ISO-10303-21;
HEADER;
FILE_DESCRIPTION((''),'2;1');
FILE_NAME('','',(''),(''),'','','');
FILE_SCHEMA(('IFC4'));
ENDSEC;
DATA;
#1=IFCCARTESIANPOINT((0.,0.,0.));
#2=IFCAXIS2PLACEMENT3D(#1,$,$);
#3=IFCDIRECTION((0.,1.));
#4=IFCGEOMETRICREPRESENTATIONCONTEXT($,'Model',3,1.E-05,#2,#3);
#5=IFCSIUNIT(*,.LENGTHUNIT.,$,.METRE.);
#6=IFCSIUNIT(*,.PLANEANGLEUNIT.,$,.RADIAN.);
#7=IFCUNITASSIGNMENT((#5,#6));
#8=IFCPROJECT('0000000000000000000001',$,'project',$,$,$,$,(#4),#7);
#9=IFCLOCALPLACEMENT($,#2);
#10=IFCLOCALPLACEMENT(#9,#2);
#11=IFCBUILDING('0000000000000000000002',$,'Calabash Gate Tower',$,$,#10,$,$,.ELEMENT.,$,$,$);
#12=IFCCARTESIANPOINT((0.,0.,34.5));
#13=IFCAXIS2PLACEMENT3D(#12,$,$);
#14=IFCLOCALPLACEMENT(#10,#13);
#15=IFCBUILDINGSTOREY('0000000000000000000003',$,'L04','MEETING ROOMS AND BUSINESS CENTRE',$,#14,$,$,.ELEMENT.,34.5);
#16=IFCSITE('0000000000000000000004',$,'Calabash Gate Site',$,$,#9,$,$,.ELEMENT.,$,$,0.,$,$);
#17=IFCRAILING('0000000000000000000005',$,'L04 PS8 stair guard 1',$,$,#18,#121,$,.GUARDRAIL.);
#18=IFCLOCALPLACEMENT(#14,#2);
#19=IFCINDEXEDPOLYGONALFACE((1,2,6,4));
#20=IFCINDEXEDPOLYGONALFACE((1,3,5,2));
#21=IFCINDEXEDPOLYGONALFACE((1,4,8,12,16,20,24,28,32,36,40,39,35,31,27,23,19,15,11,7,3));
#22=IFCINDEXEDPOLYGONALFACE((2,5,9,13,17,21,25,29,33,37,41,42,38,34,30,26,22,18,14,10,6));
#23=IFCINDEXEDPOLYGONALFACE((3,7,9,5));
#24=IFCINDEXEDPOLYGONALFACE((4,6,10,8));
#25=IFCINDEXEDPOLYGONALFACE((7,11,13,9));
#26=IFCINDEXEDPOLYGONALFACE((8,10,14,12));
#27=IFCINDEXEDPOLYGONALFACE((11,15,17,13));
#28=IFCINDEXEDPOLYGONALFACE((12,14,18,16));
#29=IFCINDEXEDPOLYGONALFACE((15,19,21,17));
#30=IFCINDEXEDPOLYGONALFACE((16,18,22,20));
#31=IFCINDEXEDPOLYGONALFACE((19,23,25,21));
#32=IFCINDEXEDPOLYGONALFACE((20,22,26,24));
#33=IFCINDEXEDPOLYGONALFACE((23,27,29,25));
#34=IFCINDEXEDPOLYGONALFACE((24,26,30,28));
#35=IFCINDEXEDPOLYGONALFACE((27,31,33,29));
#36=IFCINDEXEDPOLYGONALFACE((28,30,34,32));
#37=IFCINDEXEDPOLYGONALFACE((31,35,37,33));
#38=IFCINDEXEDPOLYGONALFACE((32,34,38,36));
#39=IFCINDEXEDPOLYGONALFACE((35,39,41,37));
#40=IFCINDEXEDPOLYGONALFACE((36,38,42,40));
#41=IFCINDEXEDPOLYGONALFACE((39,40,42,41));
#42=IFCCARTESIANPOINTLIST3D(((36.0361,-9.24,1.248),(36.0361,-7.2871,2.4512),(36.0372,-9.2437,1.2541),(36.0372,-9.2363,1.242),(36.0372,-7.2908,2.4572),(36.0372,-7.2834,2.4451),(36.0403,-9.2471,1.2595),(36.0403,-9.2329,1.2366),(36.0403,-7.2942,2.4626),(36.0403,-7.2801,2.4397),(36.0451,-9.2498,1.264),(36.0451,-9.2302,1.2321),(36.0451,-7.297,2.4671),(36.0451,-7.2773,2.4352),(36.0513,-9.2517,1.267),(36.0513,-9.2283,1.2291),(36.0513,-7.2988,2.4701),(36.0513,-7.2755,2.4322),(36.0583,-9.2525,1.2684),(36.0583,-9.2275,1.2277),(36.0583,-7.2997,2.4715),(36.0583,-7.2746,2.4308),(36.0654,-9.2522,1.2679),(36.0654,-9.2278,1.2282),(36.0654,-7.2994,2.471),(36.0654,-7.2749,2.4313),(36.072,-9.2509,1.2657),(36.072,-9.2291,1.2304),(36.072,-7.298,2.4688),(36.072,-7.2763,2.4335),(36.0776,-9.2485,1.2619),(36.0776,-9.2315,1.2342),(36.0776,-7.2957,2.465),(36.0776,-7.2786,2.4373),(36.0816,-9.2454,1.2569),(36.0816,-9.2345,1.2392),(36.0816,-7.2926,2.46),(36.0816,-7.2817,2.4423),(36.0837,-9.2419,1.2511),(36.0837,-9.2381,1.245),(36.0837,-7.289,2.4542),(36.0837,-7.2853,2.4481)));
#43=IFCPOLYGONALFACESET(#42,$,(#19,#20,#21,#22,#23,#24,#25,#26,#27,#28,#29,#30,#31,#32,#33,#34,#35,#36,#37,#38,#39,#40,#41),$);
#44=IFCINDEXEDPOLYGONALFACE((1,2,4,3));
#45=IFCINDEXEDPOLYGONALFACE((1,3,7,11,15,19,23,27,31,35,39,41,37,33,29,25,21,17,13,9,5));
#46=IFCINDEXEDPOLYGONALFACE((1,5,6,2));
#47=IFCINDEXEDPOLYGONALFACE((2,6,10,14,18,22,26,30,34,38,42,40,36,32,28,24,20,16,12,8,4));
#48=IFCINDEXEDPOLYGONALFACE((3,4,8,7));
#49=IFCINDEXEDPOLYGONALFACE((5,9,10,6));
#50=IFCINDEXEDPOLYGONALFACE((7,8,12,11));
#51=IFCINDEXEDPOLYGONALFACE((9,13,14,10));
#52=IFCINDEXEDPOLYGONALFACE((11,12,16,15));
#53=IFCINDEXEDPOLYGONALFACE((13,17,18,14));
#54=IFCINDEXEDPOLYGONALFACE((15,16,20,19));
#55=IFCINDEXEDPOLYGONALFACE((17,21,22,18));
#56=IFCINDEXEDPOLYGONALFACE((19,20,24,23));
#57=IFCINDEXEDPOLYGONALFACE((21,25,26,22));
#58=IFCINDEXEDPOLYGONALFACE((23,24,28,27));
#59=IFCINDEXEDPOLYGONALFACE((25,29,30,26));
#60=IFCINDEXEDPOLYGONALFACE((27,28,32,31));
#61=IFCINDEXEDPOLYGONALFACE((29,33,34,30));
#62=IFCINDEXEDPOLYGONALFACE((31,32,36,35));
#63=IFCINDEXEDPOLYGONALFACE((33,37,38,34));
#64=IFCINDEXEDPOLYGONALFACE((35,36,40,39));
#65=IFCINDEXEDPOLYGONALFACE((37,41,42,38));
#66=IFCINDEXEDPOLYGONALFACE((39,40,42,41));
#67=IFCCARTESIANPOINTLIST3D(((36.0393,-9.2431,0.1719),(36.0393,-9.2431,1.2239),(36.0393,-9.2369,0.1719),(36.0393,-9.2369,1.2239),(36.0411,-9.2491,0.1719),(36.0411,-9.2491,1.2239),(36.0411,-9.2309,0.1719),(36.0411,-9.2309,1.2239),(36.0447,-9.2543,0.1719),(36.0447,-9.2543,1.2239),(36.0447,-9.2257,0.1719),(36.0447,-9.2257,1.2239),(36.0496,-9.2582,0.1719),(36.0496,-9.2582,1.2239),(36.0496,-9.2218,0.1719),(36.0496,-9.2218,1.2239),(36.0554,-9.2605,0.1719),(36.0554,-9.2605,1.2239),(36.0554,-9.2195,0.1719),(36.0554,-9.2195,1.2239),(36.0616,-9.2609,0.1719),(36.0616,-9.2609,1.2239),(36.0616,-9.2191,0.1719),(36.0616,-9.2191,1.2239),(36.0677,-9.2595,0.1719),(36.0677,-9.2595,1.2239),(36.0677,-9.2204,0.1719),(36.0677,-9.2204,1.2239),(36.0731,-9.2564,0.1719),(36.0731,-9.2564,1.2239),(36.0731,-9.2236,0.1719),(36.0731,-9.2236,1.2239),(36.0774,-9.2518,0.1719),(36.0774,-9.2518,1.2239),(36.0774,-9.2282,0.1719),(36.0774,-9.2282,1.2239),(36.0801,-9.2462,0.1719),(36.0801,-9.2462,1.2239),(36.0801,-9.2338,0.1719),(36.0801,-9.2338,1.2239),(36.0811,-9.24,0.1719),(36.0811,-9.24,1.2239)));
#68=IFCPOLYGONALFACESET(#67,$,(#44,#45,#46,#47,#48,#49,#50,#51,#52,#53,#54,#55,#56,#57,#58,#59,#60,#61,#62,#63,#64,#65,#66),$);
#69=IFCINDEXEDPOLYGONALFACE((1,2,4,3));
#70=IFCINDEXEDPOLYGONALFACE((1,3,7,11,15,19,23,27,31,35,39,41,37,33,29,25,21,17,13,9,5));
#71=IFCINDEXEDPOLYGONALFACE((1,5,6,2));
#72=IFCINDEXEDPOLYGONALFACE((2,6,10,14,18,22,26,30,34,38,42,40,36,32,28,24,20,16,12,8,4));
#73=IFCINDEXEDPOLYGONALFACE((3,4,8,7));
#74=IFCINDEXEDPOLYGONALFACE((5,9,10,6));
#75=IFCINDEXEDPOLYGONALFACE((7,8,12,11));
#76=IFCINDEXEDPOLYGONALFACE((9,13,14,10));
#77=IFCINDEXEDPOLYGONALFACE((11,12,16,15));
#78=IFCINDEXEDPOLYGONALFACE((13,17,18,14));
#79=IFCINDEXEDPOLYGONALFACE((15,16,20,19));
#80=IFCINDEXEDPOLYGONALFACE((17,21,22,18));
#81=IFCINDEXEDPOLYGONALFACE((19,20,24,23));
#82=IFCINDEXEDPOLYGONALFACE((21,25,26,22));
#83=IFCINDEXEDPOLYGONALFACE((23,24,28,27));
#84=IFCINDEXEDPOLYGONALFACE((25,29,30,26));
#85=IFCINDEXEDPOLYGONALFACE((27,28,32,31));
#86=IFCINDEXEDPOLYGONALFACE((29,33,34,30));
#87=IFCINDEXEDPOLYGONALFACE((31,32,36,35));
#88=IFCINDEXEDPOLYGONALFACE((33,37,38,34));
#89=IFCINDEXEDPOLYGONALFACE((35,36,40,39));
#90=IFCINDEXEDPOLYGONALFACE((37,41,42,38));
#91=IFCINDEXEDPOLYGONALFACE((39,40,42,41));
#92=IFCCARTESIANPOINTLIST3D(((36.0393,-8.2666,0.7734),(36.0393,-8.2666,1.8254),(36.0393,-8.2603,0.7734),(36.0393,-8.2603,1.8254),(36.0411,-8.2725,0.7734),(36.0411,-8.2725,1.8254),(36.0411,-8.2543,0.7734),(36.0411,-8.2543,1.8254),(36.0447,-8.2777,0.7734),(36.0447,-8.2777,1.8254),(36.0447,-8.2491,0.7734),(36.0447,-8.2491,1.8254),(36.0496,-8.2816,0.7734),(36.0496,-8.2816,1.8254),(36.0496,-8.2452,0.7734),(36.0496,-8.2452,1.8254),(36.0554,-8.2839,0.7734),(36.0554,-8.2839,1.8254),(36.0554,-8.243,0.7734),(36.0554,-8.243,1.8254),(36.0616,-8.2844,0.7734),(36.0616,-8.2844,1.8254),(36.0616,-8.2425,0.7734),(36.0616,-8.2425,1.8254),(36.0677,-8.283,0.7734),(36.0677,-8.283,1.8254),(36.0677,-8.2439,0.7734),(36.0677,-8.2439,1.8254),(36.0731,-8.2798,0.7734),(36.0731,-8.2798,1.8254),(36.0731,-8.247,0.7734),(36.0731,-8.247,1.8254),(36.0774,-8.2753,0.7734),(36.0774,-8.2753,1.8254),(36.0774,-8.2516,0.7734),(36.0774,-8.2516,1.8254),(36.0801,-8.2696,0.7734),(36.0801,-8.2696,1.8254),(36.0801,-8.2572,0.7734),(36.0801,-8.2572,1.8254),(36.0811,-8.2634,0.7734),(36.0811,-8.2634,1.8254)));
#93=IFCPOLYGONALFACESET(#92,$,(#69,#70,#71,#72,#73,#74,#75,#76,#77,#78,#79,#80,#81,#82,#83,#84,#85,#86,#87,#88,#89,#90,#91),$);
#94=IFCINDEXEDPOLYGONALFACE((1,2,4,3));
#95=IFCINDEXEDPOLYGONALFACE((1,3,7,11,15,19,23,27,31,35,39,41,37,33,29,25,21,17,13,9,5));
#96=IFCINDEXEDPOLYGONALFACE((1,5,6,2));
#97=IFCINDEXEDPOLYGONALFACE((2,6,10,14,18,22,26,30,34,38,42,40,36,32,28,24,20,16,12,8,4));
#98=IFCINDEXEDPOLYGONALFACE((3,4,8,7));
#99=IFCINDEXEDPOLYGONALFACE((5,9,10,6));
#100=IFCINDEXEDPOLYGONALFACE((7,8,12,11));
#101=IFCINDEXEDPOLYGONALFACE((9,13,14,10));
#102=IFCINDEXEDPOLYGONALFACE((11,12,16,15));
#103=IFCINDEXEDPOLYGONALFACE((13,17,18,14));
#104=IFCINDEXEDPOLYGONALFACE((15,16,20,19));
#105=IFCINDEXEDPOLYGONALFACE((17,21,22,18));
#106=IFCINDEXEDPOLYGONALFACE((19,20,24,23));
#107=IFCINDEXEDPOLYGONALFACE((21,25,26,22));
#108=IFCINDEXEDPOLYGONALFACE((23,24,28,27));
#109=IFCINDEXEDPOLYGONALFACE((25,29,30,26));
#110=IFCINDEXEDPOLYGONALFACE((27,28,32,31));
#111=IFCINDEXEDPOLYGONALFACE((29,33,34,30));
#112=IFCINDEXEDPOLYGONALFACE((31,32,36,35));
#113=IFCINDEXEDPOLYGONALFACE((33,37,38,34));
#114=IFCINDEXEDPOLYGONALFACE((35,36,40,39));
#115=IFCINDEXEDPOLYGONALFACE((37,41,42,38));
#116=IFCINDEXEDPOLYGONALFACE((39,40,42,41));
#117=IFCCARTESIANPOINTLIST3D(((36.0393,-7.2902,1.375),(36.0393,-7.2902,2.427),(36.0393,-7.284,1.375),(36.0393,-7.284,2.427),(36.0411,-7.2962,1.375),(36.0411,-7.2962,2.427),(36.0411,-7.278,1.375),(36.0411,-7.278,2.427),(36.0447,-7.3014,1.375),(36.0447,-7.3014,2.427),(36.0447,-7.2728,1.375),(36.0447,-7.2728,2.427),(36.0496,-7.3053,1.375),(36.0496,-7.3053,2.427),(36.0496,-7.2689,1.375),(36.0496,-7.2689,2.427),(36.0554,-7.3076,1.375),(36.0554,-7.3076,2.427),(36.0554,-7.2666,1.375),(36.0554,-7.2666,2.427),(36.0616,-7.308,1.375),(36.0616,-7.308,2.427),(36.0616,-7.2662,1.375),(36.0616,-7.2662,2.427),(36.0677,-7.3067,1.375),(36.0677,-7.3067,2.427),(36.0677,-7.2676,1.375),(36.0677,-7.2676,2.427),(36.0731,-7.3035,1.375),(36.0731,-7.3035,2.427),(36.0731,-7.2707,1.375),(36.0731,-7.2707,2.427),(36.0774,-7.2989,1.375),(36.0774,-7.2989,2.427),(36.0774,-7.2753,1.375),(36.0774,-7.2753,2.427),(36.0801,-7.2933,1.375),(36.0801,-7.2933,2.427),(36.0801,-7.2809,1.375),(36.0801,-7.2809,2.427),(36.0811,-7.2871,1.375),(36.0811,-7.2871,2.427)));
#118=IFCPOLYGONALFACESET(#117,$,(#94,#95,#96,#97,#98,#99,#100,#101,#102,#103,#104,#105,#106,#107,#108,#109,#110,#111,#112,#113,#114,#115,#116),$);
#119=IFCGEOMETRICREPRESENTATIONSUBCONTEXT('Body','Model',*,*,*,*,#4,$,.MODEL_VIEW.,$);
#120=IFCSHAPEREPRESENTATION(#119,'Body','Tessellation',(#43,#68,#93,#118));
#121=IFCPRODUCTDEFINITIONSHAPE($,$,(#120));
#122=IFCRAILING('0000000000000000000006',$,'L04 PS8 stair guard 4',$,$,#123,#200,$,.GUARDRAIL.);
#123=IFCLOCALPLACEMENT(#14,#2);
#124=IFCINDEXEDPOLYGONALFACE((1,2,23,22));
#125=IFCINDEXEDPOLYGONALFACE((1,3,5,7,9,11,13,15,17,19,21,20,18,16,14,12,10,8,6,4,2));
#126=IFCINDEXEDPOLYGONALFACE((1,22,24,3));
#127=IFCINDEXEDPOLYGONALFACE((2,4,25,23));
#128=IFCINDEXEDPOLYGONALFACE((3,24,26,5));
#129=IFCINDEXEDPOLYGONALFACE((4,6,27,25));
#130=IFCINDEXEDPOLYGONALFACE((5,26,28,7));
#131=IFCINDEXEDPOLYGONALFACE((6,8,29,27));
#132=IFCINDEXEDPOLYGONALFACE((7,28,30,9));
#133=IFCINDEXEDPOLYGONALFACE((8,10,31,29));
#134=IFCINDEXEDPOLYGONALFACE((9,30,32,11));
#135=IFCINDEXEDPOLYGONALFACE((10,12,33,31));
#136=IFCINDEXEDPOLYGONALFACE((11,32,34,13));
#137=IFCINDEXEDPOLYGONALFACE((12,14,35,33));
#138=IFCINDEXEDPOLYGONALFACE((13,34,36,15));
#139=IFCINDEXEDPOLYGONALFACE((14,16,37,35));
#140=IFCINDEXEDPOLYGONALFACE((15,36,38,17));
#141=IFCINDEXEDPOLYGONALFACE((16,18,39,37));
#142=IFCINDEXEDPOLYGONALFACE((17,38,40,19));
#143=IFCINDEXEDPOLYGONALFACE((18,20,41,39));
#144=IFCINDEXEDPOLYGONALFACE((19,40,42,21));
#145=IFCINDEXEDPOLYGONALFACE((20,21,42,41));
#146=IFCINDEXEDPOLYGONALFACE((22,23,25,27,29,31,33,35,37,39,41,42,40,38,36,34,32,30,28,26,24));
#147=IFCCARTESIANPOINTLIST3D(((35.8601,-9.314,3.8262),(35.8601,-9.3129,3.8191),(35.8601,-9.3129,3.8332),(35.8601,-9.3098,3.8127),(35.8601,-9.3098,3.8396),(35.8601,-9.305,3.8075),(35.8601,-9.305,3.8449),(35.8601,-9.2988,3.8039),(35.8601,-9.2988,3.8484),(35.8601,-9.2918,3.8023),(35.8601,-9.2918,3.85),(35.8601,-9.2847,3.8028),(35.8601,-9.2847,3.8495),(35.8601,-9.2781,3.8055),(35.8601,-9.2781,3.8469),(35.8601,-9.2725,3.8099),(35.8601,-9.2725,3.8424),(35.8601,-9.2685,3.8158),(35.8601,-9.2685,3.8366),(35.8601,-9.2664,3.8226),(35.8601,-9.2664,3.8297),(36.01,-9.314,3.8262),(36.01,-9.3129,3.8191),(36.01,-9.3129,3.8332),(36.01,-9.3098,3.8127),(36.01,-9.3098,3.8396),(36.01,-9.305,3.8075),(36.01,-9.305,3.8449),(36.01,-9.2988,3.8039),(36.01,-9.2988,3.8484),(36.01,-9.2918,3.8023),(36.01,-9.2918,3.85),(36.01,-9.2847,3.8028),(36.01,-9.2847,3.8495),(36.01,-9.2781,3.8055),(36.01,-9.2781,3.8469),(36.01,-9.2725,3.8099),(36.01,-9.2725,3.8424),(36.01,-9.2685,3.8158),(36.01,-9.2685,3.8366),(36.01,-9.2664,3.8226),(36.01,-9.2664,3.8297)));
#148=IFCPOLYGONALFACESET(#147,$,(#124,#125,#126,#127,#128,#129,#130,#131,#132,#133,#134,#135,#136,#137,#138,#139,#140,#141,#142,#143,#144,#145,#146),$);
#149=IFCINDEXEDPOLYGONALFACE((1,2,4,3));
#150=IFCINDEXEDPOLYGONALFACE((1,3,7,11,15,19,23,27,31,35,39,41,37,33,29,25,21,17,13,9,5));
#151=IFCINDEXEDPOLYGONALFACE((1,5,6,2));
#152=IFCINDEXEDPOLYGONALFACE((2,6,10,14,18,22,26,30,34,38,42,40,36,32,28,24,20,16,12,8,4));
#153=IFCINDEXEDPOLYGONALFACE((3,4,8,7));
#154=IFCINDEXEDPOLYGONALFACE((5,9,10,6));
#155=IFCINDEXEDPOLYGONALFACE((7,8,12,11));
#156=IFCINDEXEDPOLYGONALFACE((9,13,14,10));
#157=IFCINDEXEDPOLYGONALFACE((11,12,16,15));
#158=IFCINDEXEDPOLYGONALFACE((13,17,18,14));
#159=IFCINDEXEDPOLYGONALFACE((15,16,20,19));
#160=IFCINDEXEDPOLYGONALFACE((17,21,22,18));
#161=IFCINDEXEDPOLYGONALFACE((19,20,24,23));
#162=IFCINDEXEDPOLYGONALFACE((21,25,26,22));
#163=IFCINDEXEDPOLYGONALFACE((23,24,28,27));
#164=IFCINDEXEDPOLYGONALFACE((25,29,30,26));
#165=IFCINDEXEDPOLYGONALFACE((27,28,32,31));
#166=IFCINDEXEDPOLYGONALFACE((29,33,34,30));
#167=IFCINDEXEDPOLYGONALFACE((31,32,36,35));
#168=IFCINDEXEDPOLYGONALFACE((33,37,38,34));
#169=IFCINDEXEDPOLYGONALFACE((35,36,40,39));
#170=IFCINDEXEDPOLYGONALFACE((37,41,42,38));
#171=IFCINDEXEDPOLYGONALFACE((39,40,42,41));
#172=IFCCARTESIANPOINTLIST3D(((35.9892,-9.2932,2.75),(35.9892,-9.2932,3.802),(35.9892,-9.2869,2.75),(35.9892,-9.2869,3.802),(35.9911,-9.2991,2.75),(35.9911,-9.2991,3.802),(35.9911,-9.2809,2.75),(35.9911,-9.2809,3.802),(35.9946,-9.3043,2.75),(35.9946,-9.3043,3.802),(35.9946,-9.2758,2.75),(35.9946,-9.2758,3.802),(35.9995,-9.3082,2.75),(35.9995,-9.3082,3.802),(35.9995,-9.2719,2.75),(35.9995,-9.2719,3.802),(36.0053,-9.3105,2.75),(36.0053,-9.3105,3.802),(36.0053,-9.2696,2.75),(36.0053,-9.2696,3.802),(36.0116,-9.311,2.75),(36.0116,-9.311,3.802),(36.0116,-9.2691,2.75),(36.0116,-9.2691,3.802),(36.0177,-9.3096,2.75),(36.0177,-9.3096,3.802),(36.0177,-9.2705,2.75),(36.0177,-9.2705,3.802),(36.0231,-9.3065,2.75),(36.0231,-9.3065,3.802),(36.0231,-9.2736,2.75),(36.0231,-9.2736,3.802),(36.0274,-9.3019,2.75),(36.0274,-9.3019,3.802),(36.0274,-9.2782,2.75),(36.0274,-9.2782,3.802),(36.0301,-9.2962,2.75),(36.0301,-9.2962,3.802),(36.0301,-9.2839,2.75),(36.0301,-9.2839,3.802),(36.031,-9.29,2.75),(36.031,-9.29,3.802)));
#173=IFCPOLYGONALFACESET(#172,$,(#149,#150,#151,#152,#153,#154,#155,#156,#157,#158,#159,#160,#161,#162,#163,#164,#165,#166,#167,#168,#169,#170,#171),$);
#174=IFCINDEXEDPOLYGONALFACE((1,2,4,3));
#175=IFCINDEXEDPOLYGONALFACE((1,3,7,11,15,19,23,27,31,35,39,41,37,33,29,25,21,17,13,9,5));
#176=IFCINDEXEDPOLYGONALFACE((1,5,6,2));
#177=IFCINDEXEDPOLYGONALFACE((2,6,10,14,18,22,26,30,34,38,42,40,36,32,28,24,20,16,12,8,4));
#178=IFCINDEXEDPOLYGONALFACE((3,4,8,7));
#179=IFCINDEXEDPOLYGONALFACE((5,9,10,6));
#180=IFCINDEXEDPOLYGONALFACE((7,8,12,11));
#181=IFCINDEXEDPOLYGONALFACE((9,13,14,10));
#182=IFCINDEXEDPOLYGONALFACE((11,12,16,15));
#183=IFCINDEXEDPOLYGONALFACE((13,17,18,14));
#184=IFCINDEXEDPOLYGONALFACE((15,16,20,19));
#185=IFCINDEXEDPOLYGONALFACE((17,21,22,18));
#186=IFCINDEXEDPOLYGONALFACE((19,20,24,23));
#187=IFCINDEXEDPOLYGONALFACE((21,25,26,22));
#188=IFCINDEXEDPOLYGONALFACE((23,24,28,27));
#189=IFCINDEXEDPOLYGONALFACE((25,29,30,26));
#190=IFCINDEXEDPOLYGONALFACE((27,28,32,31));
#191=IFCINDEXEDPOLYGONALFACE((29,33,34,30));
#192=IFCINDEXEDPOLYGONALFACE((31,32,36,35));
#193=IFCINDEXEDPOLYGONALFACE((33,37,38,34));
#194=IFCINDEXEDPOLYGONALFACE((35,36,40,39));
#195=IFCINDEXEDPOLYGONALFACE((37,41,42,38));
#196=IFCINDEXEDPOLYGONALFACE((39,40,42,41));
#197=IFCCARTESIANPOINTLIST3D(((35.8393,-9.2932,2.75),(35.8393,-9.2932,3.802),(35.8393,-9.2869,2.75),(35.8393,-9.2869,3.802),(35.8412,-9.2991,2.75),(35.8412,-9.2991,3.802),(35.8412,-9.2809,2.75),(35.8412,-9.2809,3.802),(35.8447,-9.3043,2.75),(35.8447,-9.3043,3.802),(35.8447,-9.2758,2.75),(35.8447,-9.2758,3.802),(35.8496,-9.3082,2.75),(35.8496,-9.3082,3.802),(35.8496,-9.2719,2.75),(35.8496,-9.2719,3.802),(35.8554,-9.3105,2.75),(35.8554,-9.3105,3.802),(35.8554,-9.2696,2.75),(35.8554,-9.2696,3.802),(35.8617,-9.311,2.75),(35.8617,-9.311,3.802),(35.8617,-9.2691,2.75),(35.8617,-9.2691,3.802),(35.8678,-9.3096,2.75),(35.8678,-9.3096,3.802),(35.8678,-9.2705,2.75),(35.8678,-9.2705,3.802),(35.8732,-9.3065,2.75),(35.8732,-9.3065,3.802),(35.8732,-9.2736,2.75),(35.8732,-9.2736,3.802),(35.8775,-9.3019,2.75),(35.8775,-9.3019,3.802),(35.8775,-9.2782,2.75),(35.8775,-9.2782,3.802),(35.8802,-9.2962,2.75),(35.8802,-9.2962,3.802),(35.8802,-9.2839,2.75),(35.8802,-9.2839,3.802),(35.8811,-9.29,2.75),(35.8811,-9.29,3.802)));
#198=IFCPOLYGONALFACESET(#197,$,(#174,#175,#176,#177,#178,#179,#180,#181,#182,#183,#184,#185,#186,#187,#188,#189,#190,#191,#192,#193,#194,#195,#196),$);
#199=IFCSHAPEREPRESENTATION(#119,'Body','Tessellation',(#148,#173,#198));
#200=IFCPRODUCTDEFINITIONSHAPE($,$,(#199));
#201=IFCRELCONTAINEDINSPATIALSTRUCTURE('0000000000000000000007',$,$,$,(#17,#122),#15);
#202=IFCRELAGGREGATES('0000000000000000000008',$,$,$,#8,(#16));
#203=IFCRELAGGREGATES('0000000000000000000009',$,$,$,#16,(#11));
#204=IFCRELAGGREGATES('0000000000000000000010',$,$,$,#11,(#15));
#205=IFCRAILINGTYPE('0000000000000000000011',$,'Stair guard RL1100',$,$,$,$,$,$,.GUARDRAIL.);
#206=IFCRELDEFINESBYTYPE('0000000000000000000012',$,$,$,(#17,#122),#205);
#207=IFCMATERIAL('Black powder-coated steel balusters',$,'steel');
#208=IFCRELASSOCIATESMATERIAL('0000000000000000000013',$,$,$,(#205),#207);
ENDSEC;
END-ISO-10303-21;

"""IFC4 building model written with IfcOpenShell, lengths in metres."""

from ifc_helpers import new_model, si_unit, direction, frame, origin, origin_2d, place, context, subcontext, project, spatial, circle, extrude, material, type_object, element, save


model = new_model("IFC4")

# Units and contexts
model_context = context("Model", 3, precision=1e-05, world=origin(), true_north=direction((0.0, 1.0)))
body_context = subcontext(model_context, "Body", "Model", "MODEL_VIEW")
ifc_project = project(units=[si_unit("LENGTHUNIT", "METRE"), si_unit("PLANEANGLEUNIT", "RADIAN")], contexts=[model_context])

# Site, building, storey
site_placement = place(None, origin())
site = spatial("IfcSite", under=ifc_project, at=site_placement, Name="Calabash Gate Site", CompositionType="ELEMENT", RefElevation=0.0)
building_placement = place(site_placement, origin())
building = spatial("IfcBuilding", under=site, at=building_placement, Name="Calabash Gate Tower", CompositionType="ELEMENT")
storey_placement = place(building_placement, frame((0.0, 0.0, 34.5)))
storey = spatial("IfcBuildingStorey", under=building, at=storey_placement, Name="L04", Description="MEETING ROOMS AND BUSINESS CENTRE", CompositionType="ELEMENT", Elevation=34.5)

# Railings
ifc_material_1 = material(Name="Black powder-coated steel balusters", Category="steel")
railing_type = type_object("IfcRailingType", Name="Stair guard RL1100", PredefinedType="GUARDRAIL", material=ifc_material_1)
railing_1_placement = place(storey_placement, frame((36.0601, -9.24, 0.1719)))
element("IfcRailing", 1, at=railing_1_placement, inside=storey, type_object=railing_type, Name="L04 PS8 stair guard 1", PredefinedType="GUARDRAIL", context=body_context, shape_type="SweptSolid", body=[
    extrude(circle(Radius=0.0239, at=origin_2d()), frame((0.0, 0.0, 1.0762), z_axis=(0.0, 0.851395, 0.524525), x_axis=(-1.0, 0.0, 0.0)), (0.0, 0.0, 1.0), 2.2937),
    extrude(circle(Radius=0.021, at=origin_2d()), origin(), (0.0, 0.0, 1.0), 1.052),
    extrude(circle(Radius=0.021, at=origin_2d()), frame((0.0, 0.9766, 0.6016)), (0.0, 0.0, 1.0), 1.052),
    extrude(circle(Radius=0.021, at=origin_2d()), frame((0.0, 1.9529, 1.2031)), (0.0, 0.0, 1.0), 1.052),
])
for number, where, name in (
    (2, (36.01, -9.29, 2.75), "L04 PS8 stair guard 4"),
):
    element("IfcRailing", number, at=place(storey_placement, frame(where)), inside=storey, type_object=railing_type, Name=name, PredefinedType="GUARDRAIL", context=body_context, shape_type="SweptSolid", body=[
        extrude(circle(Radius=0.0239, at=origin_2d()), frame((0.0, 0.0, 1.0762), z_axis=(-1.0, 0.0, 0.0), x_axis=(0.0, -1.0, 0.0)), (0.0, 0.0, 1.0), 0.1499),
        extrude(circle(Radius=0.021, at=origin_2d()), origin(), (0.0, 0.0, 1.0), 1.052),
        extrude(circle(Radius=0.021, at=origin_2d()), frame((-0.1499, 0.0, 0.0)), (0.0, 0.0, 1.0), 1.052),
    ])

save(model, "model.ifc")
